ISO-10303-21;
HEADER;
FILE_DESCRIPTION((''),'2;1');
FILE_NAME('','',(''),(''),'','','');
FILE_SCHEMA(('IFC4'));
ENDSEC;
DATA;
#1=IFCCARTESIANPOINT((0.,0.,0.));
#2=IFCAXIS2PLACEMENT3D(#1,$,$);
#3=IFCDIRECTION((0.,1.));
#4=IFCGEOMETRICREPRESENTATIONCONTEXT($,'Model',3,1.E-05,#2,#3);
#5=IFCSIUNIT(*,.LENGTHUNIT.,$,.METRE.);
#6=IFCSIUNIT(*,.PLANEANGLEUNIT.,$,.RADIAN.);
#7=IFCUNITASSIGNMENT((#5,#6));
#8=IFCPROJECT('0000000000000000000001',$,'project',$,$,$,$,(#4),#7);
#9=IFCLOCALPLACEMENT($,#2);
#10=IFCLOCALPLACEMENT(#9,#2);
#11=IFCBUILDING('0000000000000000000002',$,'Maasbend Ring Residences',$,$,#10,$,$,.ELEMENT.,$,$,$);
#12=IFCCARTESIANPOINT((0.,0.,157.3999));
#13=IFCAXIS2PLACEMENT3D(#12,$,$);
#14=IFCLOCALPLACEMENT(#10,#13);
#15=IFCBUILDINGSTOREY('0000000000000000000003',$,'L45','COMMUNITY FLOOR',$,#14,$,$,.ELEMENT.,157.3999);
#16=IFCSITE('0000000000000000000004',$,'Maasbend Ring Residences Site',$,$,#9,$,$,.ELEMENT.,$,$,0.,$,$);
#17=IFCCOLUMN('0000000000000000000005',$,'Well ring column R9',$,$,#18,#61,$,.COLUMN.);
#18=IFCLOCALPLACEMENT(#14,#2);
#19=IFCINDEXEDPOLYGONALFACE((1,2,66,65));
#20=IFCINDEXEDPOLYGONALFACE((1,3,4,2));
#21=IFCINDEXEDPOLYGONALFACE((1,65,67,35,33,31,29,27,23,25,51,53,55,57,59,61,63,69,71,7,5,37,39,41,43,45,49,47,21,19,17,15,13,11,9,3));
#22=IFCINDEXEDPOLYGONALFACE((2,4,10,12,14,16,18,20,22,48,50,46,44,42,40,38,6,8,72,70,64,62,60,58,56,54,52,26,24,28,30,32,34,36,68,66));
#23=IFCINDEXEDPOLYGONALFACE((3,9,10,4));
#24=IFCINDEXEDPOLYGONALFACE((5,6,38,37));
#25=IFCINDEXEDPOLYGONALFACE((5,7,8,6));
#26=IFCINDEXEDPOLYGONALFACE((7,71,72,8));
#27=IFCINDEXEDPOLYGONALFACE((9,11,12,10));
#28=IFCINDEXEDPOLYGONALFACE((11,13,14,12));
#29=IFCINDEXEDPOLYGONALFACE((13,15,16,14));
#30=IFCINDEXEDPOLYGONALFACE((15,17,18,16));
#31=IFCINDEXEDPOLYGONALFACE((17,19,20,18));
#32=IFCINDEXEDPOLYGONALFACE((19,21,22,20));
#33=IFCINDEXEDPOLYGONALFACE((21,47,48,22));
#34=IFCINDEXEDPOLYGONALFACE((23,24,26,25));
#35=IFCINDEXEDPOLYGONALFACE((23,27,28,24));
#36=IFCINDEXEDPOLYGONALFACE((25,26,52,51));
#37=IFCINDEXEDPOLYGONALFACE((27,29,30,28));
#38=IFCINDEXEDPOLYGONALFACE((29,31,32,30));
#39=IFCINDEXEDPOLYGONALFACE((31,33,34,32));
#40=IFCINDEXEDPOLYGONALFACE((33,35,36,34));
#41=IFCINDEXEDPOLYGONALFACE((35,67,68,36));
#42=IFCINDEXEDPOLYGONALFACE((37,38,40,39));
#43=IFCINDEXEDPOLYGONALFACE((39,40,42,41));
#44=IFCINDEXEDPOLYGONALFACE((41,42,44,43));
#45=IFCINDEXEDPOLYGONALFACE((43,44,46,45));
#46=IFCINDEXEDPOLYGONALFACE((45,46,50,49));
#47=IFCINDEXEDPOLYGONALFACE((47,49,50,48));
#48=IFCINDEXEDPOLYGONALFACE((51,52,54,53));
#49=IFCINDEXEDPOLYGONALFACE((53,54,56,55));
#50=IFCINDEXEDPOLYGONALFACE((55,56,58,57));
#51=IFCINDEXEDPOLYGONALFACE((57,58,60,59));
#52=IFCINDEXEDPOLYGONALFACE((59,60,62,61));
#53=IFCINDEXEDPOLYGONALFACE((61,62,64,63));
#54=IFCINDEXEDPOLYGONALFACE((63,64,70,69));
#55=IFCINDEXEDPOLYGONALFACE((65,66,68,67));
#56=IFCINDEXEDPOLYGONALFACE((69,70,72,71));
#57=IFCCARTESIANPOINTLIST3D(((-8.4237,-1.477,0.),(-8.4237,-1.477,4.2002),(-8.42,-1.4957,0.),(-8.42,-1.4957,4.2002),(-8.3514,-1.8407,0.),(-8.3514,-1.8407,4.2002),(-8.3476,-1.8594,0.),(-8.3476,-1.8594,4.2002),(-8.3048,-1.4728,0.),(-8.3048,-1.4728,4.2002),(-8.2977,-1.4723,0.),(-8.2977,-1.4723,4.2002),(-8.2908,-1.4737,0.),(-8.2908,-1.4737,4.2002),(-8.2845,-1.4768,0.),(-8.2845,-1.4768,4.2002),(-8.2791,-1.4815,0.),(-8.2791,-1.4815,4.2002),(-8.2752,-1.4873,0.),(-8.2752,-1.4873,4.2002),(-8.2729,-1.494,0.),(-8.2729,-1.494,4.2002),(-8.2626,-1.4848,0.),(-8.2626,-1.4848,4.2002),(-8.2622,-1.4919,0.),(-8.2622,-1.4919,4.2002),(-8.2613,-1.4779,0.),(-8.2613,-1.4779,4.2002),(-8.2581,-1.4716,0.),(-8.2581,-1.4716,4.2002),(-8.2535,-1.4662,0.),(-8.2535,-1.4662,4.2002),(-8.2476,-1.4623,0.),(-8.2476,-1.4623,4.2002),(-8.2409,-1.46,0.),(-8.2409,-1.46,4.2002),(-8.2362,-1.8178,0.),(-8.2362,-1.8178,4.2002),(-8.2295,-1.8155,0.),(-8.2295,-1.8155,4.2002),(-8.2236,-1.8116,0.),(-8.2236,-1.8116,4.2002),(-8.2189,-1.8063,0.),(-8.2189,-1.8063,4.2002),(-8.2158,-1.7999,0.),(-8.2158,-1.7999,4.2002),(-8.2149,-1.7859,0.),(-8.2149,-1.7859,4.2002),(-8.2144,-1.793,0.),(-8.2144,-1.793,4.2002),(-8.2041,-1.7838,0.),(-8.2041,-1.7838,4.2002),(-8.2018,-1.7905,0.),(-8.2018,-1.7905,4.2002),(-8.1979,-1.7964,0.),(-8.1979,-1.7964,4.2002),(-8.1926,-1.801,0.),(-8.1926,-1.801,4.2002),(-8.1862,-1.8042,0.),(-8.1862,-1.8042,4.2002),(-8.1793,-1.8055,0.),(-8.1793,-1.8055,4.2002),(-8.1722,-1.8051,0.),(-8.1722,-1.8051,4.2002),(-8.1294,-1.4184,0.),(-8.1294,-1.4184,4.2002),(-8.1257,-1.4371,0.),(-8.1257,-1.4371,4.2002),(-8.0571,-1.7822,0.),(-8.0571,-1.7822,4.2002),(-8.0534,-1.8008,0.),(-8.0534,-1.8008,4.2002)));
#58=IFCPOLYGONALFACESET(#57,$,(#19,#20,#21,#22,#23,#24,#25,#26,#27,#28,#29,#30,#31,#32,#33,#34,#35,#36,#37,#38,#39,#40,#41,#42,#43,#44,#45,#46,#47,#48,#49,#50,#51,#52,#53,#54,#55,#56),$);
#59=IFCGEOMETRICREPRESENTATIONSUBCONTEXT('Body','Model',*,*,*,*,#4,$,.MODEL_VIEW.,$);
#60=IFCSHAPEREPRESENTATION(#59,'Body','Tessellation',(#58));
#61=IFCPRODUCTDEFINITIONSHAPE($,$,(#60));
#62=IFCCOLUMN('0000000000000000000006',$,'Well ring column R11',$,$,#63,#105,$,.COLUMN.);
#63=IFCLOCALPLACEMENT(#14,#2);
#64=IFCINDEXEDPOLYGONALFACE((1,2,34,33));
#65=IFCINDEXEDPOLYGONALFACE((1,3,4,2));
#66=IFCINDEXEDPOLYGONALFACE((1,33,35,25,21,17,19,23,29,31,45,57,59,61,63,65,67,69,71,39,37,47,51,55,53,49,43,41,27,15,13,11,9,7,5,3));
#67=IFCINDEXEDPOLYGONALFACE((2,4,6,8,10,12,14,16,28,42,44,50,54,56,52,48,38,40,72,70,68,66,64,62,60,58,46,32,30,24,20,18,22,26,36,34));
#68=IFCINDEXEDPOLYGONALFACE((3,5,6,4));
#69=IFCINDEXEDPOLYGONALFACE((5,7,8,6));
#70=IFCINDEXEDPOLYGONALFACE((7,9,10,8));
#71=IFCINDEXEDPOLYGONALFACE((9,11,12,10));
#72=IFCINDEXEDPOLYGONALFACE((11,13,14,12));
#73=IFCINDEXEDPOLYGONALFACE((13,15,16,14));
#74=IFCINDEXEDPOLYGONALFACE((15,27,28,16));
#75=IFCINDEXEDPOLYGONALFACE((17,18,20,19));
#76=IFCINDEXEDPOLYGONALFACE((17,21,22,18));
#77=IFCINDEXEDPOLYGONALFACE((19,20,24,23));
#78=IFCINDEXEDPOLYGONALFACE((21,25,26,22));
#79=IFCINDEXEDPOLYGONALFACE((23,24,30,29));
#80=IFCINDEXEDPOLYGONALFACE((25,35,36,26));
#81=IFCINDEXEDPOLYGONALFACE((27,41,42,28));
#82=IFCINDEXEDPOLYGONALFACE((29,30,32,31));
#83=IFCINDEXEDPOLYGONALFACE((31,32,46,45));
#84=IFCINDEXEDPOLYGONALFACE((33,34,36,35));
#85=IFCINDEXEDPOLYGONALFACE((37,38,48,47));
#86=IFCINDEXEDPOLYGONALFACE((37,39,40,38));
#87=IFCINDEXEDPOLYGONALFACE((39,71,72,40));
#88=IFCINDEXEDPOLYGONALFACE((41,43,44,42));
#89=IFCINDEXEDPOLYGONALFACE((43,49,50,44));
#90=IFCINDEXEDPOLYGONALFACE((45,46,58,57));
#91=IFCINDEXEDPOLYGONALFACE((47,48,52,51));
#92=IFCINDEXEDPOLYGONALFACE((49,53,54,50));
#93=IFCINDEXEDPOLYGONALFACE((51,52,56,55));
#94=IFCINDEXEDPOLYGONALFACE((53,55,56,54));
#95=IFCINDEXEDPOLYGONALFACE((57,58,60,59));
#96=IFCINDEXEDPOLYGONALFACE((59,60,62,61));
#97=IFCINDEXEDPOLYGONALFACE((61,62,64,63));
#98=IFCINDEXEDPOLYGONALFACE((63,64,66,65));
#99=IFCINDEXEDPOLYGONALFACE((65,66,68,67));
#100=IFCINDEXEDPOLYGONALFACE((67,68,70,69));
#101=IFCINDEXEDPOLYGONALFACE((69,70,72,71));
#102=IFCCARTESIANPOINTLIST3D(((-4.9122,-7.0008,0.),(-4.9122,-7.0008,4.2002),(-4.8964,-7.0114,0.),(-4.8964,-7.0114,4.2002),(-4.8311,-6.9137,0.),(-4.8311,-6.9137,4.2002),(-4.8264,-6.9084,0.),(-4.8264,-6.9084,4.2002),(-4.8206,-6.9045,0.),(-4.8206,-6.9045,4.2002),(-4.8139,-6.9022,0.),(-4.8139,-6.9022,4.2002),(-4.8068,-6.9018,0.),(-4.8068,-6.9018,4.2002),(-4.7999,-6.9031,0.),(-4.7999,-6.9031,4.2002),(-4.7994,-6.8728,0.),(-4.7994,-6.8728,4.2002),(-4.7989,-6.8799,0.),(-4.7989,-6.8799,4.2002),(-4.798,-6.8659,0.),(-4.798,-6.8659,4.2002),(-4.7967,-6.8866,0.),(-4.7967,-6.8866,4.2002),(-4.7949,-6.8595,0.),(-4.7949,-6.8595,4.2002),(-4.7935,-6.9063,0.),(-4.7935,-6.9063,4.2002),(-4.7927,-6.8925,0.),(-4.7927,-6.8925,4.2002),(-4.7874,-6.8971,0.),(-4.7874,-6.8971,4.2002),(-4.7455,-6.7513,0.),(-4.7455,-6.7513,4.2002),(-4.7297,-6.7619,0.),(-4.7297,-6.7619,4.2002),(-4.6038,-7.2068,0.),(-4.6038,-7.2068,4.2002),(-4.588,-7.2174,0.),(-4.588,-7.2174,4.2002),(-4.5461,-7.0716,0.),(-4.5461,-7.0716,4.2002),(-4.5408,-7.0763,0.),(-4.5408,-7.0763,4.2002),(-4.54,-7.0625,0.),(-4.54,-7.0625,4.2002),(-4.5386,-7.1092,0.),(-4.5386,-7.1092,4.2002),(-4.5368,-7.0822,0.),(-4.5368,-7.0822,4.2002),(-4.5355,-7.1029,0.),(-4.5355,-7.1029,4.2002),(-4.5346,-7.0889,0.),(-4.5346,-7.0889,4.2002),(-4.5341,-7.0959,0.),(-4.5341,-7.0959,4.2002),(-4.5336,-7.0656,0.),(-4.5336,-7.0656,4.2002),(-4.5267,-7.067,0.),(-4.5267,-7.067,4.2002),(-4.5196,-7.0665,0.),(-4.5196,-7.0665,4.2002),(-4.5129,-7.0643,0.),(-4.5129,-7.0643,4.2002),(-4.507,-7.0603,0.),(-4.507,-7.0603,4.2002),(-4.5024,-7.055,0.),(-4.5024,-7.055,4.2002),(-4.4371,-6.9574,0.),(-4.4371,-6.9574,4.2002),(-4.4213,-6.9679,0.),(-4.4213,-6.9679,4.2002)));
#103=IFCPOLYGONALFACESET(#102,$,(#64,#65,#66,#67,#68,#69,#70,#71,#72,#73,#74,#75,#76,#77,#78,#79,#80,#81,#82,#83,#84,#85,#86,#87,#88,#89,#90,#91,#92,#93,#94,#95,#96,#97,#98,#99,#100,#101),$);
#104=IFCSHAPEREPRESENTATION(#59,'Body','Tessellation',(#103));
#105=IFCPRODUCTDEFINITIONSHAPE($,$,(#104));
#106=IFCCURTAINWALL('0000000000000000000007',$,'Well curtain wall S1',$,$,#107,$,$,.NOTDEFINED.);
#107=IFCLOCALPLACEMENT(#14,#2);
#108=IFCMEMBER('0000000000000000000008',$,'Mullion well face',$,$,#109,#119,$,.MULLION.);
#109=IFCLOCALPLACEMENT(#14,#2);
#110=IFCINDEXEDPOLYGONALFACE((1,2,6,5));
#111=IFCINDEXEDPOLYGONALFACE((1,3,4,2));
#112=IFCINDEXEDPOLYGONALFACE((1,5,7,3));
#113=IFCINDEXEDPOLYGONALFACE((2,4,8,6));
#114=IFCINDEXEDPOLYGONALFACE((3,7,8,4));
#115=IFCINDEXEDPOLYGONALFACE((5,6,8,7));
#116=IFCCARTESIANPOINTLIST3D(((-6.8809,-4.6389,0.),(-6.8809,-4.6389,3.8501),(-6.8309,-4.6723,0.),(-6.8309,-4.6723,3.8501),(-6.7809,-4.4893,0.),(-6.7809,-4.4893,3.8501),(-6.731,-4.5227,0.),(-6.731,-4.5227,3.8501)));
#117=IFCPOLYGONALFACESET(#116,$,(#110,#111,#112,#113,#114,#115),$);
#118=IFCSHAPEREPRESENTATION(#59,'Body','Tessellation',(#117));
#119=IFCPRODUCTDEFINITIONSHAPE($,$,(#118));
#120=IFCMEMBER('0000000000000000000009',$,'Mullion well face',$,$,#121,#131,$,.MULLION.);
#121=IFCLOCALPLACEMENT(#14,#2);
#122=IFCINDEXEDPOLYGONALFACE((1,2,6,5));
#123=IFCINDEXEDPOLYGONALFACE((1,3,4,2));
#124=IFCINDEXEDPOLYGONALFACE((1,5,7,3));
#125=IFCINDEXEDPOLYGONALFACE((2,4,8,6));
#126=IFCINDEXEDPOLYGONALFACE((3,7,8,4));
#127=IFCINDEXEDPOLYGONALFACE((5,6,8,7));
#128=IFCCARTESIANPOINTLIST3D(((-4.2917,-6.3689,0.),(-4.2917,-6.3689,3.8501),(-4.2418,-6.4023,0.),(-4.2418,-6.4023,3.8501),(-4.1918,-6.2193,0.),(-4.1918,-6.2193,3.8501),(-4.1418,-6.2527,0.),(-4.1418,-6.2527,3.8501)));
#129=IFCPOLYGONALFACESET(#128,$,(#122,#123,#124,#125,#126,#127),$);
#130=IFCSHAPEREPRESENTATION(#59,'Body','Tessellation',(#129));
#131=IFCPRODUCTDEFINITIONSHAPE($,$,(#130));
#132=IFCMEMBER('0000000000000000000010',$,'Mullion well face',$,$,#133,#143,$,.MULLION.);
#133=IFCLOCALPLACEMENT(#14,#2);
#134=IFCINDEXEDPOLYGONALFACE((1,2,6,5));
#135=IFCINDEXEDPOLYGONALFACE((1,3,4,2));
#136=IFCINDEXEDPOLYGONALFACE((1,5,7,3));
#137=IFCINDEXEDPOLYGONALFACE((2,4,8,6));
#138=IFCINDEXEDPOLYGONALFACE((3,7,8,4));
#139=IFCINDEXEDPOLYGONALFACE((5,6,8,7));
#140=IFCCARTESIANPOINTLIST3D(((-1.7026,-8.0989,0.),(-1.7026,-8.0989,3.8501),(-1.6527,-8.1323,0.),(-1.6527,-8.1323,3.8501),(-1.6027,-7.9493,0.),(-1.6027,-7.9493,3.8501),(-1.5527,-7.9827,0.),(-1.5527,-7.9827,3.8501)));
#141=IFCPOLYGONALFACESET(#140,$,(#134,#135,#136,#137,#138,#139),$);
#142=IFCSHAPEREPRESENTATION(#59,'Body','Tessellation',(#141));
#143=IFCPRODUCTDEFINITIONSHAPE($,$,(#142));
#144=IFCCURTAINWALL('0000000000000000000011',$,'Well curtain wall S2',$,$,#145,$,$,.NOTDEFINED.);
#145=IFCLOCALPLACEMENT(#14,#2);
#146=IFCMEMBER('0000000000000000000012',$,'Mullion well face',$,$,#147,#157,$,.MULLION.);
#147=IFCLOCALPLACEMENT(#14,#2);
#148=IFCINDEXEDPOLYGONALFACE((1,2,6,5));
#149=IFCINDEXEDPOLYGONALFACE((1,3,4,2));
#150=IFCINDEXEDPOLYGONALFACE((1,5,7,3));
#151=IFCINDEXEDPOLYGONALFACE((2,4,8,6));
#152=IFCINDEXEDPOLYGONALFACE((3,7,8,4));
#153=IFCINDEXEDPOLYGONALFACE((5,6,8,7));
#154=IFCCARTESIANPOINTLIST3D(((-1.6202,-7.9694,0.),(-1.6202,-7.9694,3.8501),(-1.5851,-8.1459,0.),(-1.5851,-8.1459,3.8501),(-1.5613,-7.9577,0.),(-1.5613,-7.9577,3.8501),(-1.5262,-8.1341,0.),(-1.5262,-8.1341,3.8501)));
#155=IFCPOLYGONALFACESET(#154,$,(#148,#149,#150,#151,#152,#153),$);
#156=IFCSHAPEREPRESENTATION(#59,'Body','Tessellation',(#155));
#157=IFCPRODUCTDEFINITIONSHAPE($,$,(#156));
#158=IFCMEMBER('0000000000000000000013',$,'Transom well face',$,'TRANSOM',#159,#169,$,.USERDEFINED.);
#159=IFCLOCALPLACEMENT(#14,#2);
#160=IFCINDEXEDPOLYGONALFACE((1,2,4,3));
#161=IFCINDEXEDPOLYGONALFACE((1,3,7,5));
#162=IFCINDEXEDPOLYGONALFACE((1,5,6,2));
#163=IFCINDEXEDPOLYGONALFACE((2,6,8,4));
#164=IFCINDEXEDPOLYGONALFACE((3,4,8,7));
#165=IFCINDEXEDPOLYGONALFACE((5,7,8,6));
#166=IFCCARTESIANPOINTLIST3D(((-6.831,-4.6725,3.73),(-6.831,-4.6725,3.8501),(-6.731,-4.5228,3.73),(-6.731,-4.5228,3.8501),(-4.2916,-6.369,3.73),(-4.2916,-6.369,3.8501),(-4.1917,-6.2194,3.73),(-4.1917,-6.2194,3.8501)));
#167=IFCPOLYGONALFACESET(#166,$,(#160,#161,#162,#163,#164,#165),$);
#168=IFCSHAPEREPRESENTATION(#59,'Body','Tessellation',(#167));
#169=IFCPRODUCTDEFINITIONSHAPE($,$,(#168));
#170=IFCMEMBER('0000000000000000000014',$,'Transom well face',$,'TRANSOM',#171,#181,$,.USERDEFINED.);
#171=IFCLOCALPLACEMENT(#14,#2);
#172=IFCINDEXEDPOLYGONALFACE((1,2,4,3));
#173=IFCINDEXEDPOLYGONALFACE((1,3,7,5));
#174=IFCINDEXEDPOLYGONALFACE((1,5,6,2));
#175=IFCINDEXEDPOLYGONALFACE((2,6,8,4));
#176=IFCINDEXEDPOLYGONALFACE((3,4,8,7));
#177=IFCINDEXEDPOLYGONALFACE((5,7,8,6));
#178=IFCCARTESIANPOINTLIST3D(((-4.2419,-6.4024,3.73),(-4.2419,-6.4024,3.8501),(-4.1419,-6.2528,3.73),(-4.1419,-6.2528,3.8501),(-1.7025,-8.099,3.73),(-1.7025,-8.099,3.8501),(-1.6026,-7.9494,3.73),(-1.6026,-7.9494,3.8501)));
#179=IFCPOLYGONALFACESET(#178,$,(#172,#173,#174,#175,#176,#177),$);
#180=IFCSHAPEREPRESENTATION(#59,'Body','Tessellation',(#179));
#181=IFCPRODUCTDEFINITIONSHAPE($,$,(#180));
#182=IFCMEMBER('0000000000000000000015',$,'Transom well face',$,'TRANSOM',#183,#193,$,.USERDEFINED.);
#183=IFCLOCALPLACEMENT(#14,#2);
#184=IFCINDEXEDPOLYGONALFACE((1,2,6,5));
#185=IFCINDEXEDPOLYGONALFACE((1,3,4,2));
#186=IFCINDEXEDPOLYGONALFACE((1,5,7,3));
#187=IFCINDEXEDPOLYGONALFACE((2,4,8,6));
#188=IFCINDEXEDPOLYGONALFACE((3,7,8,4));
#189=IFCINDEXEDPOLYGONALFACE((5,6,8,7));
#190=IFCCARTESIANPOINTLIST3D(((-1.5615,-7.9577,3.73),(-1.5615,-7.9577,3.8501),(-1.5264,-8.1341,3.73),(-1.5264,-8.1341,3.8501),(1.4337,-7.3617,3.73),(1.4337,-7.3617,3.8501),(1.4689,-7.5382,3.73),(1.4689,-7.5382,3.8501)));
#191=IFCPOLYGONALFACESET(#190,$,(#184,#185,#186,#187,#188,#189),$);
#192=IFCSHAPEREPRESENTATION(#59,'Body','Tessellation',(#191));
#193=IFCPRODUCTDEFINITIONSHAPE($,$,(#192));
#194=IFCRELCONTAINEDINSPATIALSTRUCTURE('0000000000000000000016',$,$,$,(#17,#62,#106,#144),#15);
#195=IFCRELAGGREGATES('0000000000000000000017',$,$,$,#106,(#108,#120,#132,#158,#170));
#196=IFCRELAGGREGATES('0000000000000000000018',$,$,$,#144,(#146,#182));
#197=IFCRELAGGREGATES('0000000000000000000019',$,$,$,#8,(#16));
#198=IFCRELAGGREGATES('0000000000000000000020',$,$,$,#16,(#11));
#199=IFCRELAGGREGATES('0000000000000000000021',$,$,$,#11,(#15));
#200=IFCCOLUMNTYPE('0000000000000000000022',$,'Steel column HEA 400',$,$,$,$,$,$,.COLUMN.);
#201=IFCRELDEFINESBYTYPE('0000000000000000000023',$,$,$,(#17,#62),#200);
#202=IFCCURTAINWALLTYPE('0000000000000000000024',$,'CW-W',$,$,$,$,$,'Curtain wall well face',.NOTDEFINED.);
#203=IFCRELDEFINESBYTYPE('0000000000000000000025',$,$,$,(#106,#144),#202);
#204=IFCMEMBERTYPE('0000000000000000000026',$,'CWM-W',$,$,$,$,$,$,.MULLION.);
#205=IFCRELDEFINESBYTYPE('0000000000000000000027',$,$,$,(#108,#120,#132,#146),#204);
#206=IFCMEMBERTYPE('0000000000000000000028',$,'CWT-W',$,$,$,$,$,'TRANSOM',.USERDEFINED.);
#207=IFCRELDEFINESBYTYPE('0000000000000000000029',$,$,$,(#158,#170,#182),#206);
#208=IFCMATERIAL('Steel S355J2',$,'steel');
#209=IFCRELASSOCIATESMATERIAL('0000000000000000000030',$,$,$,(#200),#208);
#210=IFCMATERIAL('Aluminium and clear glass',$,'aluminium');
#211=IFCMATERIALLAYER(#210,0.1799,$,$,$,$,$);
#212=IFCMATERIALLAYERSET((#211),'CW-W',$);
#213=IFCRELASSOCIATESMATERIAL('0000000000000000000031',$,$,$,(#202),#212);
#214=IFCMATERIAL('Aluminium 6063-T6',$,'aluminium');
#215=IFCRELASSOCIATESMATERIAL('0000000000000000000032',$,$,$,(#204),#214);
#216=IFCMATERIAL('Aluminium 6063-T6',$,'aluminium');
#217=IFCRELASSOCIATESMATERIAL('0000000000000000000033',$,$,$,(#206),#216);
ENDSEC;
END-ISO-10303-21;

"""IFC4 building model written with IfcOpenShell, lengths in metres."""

from ifc_helpers import new_model, si_unit, direction, frame, origin, origin_2d, place, context, subcontext, project, spatial, rectangle, i_section, extrude, material, layer, layer_set, material_profile, profile_set, type_object, element, aggregate, save


model = new_model("IFC4")

# Units and contexts
model_context = context("Model", 3, precision=1e-05, world=origin(), true_north=direction((0.0, 1.0)))
body_context = subcontext(model_context, "Body", "Model", "MODEL_VIEW")
ifc_project = project(units=[si_unit("LENGTHUNIT", "METRE"), si_unit("PLANEANGLEUNIT", "RADIAN")], contexts=[model_context])

# Site, building, storey
site_placement = place(None, origin())
site = spatial("IfcSite", under=ifc_project, at=site_placement, Name="Maasbend Ring Residences Site", CompositionType="ELEMENT", RefElevation=0.0)
building_placement = place(site_placement, origin())
building = spatial("IfcBuilding", under=site, at=building_placement, Name="Maasbend Ring Residences", CompositionType="ELEMENT")
storey_placement = place(building_placement, frame((0.0, 0.0, 157.3999)))
storey = spatial("IfcBuildingStorey", under=building, at=storey_placement, Name="L45", Description="COMMUNITY FLOOR", CompositionType="ELEMENT", Elevation=157.3999)

# Columns
ifc_material_1 = material(Name="Steel S355J2", Category="steel")
ifc_material_profile_1 = material_profile(ifc_material_1, i_section(OverallWidth=0.3, OverallDepth=0.3899, WebThickness=0.011, FlangeThickness=0.019, FilletRadius=0.0271, at=origin_2d()), Name="HEA 400")
ifc_profile_set_1 = profile_set([ifc_material_profile_1], Name="Steel S355J2")
column_type = type_object("IfcColumnType", Name="Steel column HEA 400", PredefinedType="COLUMN", material=ifc_profile_set_1)
for number, where, z_axis, x_axis, name in (
    (1, (-8.2385, -1.6389, 0.0), (0.0, 0.0, 1.0), (-0.980785, -0.19509, 0.0), "Well ring column R9"),
    (2, (-4.6667, -6.9844, 0.0), (0.0, 0.0, 1.0), (-0.55557, -0.83147, 0.0), "Well ring column R11"),
):
    element("IfcColumn", number, at=place(storey_placement, frame(where, z_axis=z_axis, x_axis=x_axis)), inside=storey, type_object=column_type, Name=name, PredefinedType="COLUMN", context=body_context, shape_type="SweptSolid", body=[
        extrude(i_section(OverallWidth=0.3, OverallDepth=0.3899, WebThickness=0.011, FlangeThickness=0.019, FilletRadius=0.0271, at=origin_2d()), origin(), (0.0, 0.0, 1.0), 4.2002),
    ])

# Curtain wall, members
ifc_material_2 = material(Name="Aluminium and clear glass", Category="aluminium")
ifc_layer_1 = layer(ifc_material_2, 0.1799)
ifc_layer_set_1 = layer_set([ifc_layer_1], Name="CW-W")
curtain_wall_type = type_object("IfcCurtainWallType", Name="CW-W", ElementType="Curtain wall well face", PredefinedType="NOTDEFINED", material=ifc_layer_set_1)
curtain_wall_1_placement = place(storey_placement, origin())
curtain_wall_1 = element("IfcCurtainWall", 3, at=curtain_wall_1_placement, inside=storey, type_object=curtain_wall_type, Name="Well curtain wall S1", PredefinedType="NOTDEFINED")
ifc_material_3 = material(Name="Aluminium 6063-T6", Category="aluminium")
ifc_material_profile_2 = material_profile(ifc_material_3, rectangle(XDim=0.1799, YDim=0.0601, at=origin_2d()), Name="AL 180x60")
ifc_profile_set_2 = profile_set([ifc_material_profile_2], Name="Aluminium 6063-T6")
member_type_1 = type_object("IfcMemberType", Name="CWM-W", PredefinedType="MULLION", material=ifc_profile_set_2)
member_1_placement = place(storey_placement, frame((-6.8059, -4.5808, 0.0), z_axis=(0.0, 0.0, 1.0), x_axis=(0.55557, 0.83147, 0.0)))
member_1 = element("IfcMember", 4, at=member_1_placement, type_object=member_type_1, Name="Mullion well face", PredefinedType="MULLION", context=body_context, shape_type="SweptSolid", body=[
    extrude(rectangle(XDim=0.1799, YDim=0.0601, at=origin_2d()), origin(), (0.0, 0.0, 1.0), 3.8501),
])
member_2_placement = place(storey_placement, frame((-4.2168, -6.3108, 0.0), z_axis=(0.0, 0.0, 1.0), x_axis=(0.55557, 0.83147, 0.0)))
member_2 = element("IfcMember", 5, at=member_2_placement, type_object=member_type_1, Name="Mullion well face", PredefinedType="MULLION", context=body_context, shape_type="SweptSolid", body=[
    extrude(rectangle(XDim=0.1799, YDim=0.0601, at=origin_2d()), origin(), (0.0, 0.0, 1.0), 3.8501),
])
member_3_placement = place(storey_placement, frame((-1.6277, -8.0408, 0.0), z_axis=(0.0, 0.0, 1.0), x_axis=(0.55557, 0.83147, 0.0)))
member_3 = element("IfcMember", 6, at=member_3_placement, type_object=member_type_1, Name="Mullion well face", PredefinedType="MULLION", context=body_context, shape_type="SweptSolid", body=[
    extrude(rectangle(XDim=0.1799, YDim=0.0601, at=origin_2d()), origin(), (0.0, 0.0, 1.0), 3.8501),
])

# Curtain wall, member
curtain_wall_2_placement = place(storey_placement, origin())
curtain_wall_2 = element("IfcCurtainWall", 7, at=curtain_wall_2_placement, inside=storey, type_object=curtain_wall_type, Name="Well curtain wall S2", PredefinedType="NOTDEFINED")
member_4_placement = place(storey_placement, frame((-1.5732, -8.0518, 0.0), z_axis=(0.0, 0.0, 1.0), x_axis=(-0.19509, 0.980785, 0.0)))
member_4 = element("IfcMember", 8, at=member_4_placement, type_object=member_type_1, Name="Mullion well face", PredefinedType="MULLION", context=body_context, shape_type="SweptSolid", body=[
    extrude(rectangle(XDim=0.1799, YDim=0.0601, at=origin_2d()), origin(), (0.0, 0.0, 1.0), 3.8501),
])

# Members
ifc_material_4 = material(Name="Aluminium 6063-T6", Category="aluminium")
ifc_material_profile_3 = material_profile(ifc_material_4, rectangle(XDim=0.1799, YDim=0.1201, at=origin_2d()), Name="AL 180x120")
ifc_profile_set_3 = profile_set([ifc_material_profile_3], Name="Aluminium 6063-T6")
member_type_2 = type_object("IfcMemberType", Name="CWT-W", ElementType="TRANSOM", PredefinedType="USERDEFINED", material=ifc_profile_set_3)
member_5_placement = place(storey_placement, frame((-6.781, -4.5977, 3.79), z_axis=(0.831496, -0.55553, 0.0), x_axis=(0.55553, 0.831496, 0.0)))
member_5 = element("IfcMember", 9, at=member_5_placement, type_object=member_type_2, Name="Transom well face", ObjectType="TRANSOM", PredefinedType="USERDEFINED", context=body_context, shape_type="SweptSolid", body=[
    extrude(rectangle(XDim=0.1799, YDim=0.1201, at=origin_2d()), origin(), (0.0, 0.0, 1.0), 3.054),
])
member_6_placement = place(storey_placement, frame((-4.1919, -6.3276, 3.79), z_axis=(0.831496, -0.55553, 0.0), x_axis=(0.55553, 0.831496, 0.0)))
member_6 = element("IfcMember", 10, at=member_6_placement, type_object=member_type_2, Name="Transom well face", ObjectType="TRANSOM", PredefinedType="USERDEFINED", context=body_context, shape_type="SweptSolid", body=[
    extrude(rectangle(XDim=0.1799, YDim=0.1201, at=origin_2d()), origin(), (0.0, 0.0, 1.0), 3.054),
])
member_7_placement = place(storey_placement, frame((-1.5439, -8.0459, 3.79), z_axis=(0.980777, 0.195132, 0.0), x_axis=(-0.195132, 0.980777, 0.0)))
member_7 = element("IfcMember", 11, at=member_7_placement, type_object=member_type_2, Name="Transom well face", ObjectType="TRANSOM", PredefinedType="USERDEFINED", context=body_context, shape_type="SweptSolid", body=[
    extrude(rectangle(XDim=0.1799, YDim=0.1201, at=origin_2d()), origin(), (0.0, 0.0, 1.0), 3.054),
])

aggregate(curtain_wall_1, [member_1, member_2, member_3, member_5, member_6])
aggregate(curtain_wall_2, [member_4, member_7])

save(model, "model.ifc")
